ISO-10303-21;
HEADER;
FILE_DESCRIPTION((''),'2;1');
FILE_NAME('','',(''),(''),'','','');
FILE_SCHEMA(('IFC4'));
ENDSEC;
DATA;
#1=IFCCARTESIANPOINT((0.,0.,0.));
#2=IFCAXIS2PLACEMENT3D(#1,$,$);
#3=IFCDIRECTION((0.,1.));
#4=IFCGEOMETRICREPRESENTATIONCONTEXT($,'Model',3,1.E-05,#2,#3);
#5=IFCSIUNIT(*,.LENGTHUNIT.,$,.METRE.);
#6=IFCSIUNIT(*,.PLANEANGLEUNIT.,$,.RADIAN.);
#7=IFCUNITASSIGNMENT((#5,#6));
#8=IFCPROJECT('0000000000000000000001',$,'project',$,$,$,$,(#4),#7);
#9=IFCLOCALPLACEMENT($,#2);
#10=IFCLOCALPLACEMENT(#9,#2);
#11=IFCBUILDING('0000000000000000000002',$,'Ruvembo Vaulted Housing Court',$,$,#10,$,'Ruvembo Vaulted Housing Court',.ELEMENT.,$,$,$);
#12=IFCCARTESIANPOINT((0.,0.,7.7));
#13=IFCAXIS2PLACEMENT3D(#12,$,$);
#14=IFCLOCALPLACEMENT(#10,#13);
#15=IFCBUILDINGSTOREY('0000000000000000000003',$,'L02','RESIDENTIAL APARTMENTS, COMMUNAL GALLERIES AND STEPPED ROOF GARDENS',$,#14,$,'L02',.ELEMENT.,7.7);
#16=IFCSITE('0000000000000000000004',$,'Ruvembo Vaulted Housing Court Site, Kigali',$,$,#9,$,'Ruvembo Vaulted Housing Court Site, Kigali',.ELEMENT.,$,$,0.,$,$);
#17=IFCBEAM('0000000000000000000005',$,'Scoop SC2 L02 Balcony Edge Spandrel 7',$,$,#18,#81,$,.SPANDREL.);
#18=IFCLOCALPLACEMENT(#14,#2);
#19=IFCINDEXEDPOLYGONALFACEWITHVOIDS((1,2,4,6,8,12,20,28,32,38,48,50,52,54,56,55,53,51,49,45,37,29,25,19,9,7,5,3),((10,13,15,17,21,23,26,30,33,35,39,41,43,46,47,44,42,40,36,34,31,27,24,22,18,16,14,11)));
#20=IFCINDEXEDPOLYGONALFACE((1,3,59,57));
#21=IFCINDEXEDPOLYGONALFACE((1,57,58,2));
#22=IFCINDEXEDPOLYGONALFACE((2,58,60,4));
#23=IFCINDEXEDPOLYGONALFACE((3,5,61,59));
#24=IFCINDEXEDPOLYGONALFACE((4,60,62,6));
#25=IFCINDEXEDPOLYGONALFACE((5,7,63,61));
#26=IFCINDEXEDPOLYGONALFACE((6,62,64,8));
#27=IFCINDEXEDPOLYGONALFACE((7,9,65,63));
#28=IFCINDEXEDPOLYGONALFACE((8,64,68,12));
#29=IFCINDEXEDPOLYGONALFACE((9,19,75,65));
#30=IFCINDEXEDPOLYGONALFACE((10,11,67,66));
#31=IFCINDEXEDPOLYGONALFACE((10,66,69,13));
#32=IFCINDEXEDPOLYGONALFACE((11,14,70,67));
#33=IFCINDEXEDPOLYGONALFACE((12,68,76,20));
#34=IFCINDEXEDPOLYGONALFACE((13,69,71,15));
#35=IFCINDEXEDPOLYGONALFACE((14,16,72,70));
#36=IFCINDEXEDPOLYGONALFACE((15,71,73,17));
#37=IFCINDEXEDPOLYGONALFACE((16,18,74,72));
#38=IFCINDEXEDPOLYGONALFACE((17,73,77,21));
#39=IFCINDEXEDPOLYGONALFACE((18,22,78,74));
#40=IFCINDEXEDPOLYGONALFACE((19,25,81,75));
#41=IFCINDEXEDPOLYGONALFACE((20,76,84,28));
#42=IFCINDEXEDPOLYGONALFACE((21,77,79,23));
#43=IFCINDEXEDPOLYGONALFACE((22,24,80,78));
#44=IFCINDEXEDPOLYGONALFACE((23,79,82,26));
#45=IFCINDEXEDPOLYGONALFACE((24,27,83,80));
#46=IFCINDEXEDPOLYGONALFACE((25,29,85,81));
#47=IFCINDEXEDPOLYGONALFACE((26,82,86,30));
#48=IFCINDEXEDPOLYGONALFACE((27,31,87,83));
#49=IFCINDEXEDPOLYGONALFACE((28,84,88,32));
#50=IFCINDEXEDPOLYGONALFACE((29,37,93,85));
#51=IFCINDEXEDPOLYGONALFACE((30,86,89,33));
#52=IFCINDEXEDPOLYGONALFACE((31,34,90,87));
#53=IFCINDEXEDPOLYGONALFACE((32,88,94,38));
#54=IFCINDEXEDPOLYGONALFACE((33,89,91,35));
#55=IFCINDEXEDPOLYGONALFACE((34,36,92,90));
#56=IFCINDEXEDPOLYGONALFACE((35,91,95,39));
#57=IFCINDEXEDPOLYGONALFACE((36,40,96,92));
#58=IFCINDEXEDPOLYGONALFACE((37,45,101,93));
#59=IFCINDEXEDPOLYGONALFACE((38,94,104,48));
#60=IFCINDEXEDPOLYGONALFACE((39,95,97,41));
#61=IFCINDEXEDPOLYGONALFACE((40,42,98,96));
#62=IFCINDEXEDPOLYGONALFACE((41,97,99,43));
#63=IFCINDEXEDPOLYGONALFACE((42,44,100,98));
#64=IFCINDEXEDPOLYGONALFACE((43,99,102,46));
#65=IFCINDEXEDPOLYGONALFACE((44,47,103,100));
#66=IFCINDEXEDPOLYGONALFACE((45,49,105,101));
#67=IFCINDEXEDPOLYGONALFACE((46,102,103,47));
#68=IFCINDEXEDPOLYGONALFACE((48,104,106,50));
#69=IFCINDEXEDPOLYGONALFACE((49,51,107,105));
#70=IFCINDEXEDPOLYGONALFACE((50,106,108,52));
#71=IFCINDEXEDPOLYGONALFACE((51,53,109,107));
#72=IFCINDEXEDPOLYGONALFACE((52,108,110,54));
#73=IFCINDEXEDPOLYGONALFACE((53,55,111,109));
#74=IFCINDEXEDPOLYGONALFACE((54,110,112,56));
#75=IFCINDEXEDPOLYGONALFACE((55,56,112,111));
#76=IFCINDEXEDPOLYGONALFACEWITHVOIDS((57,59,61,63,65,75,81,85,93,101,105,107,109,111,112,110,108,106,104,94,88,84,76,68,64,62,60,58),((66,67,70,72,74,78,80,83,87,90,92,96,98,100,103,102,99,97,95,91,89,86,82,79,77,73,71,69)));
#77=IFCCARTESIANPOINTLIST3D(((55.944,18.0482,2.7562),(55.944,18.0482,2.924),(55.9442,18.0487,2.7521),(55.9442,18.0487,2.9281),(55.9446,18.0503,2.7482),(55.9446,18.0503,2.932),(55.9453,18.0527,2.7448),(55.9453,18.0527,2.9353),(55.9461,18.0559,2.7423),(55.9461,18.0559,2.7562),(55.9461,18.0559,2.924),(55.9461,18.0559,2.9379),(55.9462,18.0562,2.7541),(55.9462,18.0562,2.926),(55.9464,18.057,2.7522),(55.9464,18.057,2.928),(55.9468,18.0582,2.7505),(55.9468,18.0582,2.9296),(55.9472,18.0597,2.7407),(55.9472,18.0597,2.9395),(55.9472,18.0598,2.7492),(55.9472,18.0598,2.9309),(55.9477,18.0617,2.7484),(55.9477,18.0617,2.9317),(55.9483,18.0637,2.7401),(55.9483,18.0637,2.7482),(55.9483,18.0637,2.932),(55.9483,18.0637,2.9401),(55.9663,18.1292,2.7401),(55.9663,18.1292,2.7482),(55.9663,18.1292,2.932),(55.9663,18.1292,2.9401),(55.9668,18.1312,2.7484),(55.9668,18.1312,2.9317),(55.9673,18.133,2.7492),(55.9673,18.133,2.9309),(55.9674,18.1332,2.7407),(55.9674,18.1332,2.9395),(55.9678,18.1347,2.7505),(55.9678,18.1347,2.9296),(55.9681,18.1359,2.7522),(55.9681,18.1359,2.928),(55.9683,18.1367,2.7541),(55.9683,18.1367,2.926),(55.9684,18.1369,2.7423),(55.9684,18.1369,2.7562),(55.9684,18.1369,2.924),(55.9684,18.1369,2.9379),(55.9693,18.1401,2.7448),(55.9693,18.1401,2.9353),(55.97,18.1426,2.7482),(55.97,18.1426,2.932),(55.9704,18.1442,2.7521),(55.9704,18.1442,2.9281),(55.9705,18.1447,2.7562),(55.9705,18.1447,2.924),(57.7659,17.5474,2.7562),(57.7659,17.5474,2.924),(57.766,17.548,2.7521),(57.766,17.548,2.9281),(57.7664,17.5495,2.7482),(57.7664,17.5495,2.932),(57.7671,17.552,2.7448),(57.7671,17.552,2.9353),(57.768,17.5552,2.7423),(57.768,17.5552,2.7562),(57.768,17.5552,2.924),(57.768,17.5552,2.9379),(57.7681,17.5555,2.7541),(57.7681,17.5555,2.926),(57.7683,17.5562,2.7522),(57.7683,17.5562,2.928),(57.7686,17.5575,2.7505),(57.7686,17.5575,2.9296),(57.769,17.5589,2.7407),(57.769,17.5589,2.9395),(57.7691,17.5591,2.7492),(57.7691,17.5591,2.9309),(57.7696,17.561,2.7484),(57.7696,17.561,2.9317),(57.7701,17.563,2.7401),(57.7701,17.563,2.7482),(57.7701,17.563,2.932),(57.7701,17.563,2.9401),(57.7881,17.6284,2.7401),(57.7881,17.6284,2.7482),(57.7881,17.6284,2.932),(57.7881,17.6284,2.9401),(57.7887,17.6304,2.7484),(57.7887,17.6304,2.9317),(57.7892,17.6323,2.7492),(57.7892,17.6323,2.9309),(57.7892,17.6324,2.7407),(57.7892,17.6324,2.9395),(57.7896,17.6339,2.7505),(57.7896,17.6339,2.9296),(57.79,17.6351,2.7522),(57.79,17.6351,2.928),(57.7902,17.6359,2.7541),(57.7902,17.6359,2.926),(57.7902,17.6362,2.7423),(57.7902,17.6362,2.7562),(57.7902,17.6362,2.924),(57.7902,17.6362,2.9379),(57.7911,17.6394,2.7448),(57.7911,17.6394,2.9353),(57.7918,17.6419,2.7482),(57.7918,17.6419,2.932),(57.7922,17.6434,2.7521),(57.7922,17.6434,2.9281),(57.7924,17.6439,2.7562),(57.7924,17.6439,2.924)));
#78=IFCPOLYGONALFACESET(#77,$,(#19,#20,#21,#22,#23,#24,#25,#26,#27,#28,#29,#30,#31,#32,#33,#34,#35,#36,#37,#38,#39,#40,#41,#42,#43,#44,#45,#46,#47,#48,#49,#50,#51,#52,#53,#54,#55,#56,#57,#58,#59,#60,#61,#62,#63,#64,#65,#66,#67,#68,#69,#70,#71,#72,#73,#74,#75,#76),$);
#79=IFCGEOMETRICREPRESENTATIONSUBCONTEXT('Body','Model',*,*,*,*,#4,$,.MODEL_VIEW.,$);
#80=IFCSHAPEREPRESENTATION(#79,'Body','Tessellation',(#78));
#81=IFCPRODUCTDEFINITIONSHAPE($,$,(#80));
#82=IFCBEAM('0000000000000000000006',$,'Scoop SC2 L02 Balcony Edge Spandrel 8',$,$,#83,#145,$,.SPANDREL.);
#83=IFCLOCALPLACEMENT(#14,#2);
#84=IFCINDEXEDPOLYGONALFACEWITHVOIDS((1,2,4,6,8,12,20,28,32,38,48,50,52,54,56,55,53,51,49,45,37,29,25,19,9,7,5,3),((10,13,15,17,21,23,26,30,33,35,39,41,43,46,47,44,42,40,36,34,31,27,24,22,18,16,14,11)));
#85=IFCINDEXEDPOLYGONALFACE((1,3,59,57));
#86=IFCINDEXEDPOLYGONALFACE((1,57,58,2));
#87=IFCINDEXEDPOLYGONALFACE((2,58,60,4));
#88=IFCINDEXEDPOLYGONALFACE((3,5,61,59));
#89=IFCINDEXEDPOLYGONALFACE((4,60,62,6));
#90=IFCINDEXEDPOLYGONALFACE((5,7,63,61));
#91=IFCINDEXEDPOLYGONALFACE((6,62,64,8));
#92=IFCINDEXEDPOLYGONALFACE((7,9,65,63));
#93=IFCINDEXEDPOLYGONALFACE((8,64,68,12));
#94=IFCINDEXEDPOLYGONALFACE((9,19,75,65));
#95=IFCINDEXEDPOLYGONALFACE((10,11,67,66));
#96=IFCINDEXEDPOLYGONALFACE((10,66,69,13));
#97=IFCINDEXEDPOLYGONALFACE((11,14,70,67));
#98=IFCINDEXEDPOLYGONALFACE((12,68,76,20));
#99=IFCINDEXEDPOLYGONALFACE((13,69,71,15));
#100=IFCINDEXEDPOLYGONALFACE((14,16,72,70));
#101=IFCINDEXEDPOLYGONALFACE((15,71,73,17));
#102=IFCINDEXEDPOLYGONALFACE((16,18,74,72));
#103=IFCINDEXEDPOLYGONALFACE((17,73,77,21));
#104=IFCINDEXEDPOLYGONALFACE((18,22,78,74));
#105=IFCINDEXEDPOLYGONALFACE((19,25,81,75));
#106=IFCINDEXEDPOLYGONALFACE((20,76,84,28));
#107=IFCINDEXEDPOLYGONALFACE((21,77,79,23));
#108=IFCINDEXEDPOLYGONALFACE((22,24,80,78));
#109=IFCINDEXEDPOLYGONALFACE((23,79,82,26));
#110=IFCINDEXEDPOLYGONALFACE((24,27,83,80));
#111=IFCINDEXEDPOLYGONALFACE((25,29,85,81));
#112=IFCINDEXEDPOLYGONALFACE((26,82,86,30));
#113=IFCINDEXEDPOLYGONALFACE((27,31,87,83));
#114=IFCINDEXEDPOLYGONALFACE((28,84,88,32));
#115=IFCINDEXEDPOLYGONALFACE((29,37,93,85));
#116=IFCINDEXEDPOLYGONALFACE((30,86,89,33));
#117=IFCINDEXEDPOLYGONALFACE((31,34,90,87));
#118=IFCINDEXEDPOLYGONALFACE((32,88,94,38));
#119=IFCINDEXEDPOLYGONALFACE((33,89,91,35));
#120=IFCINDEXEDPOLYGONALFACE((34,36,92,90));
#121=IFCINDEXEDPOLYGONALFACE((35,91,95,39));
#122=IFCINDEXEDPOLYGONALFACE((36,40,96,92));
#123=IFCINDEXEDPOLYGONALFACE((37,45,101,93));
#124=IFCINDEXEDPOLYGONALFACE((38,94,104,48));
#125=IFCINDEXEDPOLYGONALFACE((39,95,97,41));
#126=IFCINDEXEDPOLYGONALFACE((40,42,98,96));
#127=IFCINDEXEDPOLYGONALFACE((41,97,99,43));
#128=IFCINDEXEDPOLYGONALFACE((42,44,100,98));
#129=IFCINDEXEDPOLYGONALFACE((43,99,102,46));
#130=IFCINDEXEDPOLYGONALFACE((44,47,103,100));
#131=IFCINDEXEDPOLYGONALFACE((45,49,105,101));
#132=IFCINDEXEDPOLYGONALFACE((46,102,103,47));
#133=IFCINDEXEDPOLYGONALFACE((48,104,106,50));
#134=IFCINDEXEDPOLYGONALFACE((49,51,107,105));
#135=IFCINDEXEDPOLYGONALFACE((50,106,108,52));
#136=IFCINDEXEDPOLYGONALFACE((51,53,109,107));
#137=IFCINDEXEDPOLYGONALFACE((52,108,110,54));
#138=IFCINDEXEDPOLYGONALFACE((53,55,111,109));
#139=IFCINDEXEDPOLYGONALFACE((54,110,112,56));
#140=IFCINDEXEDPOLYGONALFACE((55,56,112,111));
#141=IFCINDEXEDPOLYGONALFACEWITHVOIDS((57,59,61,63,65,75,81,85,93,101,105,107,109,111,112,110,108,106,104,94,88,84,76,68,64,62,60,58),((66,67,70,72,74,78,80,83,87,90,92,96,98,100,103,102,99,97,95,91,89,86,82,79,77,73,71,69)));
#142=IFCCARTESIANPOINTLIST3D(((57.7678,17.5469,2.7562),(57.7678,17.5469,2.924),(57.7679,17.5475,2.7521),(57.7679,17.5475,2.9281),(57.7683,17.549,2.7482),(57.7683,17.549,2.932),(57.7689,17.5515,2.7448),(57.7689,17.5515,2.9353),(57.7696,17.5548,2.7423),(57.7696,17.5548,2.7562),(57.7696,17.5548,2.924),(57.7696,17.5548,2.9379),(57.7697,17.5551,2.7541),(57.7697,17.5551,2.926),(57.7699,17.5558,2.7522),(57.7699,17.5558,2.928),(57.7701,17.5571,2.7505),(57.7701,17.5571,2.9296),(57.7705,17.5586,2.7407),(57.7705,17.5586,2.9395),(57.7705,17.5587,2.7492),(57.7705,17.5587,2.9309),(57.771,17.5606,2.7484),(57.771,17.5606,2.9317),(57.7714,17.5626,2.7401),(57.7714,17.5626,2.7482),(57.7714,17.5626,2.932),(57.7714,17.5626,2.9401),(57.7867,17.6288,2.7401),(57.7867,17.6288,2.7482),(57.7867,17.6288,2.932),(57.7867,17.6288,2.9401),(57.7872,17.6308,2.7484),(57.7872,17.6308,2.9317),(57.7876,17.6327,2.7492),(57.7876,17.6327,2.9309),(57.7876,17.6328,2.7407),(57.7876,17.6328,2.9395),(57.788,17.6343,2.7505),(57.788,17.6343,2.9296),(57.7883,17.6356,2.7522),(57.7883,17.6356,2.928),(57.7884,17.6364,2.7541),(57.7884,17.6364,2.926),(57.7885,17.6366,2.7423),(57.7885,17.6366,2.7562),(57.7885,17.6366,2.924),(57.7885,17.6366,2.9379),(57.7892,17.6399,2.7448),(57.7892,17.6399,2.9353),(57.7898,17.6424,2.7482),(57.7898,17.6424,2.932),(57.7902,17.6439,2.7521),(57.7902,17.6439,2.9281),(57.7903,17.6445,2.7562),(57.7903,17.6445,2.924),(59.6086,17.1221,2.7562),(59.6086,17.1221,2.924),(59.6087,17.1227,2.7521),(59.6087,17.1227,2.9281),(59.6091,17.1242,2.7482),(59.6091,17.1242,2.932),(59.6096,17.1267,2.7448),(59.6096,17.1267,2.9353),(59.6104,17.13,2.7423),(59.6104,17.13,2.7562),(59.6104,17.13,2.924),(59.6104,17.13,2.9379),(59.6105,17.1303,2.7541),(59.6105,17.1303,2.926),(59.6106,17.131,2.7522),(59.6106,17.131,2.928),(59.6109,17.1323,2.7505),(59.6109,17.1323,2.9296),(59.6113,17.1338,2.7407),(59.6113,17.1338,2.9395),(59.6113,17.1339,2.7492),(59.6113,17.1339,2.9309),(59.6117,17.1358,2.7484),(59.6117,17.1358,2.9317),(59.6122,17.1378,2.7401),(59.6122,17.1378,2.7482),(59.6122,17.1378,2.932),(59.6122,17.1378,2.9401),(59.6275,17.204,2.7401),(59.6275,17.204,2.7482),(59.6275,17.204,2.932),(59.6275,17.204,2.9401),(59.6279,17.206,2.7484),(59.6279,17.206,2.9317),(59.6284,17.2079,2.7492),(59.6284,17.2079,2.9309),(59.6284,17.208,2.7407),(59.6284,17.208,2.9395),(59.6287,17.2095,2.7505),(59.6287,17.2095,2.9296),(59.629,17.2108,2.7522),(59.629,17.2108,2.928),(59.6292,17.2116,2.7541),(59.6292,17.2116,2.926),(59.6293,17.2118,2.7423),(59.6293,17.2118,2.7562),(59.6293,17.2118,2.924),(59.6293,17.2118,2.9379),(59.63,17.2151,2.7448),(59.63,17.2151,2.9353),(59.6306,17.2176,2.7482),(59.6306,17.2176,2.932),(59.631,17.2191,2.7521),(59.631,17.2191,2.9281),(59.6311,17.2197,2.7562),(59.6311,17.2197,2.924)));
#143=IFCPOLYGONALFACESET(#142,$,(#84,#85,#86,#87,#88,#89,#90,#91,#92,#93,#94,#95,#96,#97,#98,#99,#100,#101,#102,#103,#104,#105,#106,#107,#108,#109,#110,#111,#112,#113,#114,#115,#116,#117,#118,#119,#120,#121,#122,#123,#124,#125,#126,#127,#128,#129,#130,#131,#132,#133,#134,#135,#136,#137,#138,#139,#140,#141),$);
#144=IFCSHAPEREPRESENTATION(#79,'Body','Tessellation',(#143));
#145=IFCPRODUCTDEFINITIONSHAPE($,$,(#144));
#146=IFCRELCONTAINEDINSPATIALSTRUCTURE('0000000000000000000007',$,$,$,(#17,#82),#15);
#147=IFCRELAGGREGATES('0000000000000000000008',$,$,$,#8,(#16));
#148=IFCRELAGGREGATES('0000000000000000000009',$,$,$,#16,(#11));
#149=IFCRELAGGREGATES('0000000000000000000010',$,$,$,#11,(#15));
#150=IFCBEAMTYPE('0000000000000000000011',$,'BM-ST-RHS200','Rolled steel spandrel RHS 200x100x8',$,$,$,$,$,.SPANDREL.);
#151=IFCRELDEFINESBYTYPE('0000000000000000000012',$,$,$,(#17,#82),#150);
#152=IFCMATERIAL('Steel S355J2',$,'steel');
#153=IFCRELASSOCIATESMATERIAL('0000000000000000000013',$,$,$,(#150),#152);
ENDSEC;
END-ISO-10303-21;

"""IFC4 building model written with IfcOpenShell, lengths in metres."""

from ifc_helpers import new_model, si_unit, direction, frame, origin, origin_2d, place, context, subcontext, project, spatial, hollow_rectangle, extrude, material, material_profile, profile_set, type_object, element, save


model = new_model("IFC4")

# Units and contexts
model_context = context("Model", 3, precision=1e-05, world=origin(), true_north=direction((0.0, 1.0)))
body_context = subcontext(model_context, "Body", "Model", "MODEL_VIEW")
ifc_project = project(units=[si_unit("LENGTHUNIT", "METRE"), si_unit("PLANEANGLEUNIT", "RADIAN")], contexts=[model_context])

# Site, building, storey
site_placement = place(None, origin())
site = spatial("IfcSite", under=ifc_project, at=site_placement, Name="Ruvembo Vaulted Housing Court Site, Kigali", LongName="Ruvembo Vaulted Housing Court Site, Kigali", CompositionType="ELEMENT", RefElevation=0.0)
building_placement = place(site_placement, origin())
building = spatial("IfcBuilding", under=site, at=building_placement, Name="Ruvembo Vaulted Housing Court", LongName="Ruvembo Vaulted Housing Court", CompositionType="ELEMENT")
storey_placement = place(building_placement, frame((0.0, 0.0, 7.7)))
storey = spatial("IfcBuildingStorey", under=building, at=storey_placement, Name="L02", Description="RESIDENTIAL APARTMENTS, COMMUNAL GALLERIES AND STEPPED ROOF GARDENS", LongName="L02", CompositionType="ELEMENT", Elevation=7.7)

# Beams
ifc_material_1 = material(Name="Steel S355J2", Category="steel")
ifc_material_profile_1 = material_profile(ifc_material_1, hollow_rectangle(XDim=0.1001, YDim=0.2, WallThickness=0.0081, InnerFilletRadius=0.0081, OuterFilletRadius=0.0161, at=origin_2d()), Name="RHS 200x100x8")
ifc_profile_set_1 = profile_set([ifc_material_profile_1], Name="Steel S355J2")
beam_type = type_object("IfcBeamType", Name="BM-ST-RHS200", Description="Rolled steel spandrel RHS 200x100x8", PredefinedType="SPANDREL", material=ifc_profile_set_1)
beam_1_placement = place(storey_placement, frame((55.9573, 18.0964, 2.8401), z_axis=(0.96424, -0.26503, 0.0), x_axis=(0.26503, 0.96424, 0.0)))
element("IfcBeam", 1, at=beam_1_placement, inside=storey, type_object=beam_type, Name="Scoop SC2 L02 Balcony Edge Spandrel 7", PredefinedType="SPANDREL", context=body_context, shape_type="SweptSolid", body=[
    extrude(hollow_rectangle(XDim=0.1001, YDim=0.2, WallThickness=0.0081, InnerFilletRadius=0.0081, OuterFilletRadius=0.0161, at=origin_2d()), origin(), (0.0, 0.0, 1.0), 1.8894),
])
beam_2_placement = place(storey_placement, frame((57.7791, 17.5957, 2.8401), z_axis=(0.974391, -0.22486, 0.0), x_axis=(0.22486, 0.974391, 0.0)))
element("IfcBeam", 2, at=beam_2_placement, inside=storey, type_object=beam_type, Name="Scoop SC2 L02 Balcony Edge Spandrel 8", PredefinedType="SPANDREL", context=body_context, shape_type="SweptSolid", body=[
    extrude(hollow_rectangle(XDim=0.1001, YDim=0.2, WallThickness=0.0081, InnerFilletRadius=0.0081, OuterFilletRadius=0.0161, at=origin_2d()), origin(), (0.0, 0.0, 1.0), 1.8892),
])

save(model, "model.ifc")
